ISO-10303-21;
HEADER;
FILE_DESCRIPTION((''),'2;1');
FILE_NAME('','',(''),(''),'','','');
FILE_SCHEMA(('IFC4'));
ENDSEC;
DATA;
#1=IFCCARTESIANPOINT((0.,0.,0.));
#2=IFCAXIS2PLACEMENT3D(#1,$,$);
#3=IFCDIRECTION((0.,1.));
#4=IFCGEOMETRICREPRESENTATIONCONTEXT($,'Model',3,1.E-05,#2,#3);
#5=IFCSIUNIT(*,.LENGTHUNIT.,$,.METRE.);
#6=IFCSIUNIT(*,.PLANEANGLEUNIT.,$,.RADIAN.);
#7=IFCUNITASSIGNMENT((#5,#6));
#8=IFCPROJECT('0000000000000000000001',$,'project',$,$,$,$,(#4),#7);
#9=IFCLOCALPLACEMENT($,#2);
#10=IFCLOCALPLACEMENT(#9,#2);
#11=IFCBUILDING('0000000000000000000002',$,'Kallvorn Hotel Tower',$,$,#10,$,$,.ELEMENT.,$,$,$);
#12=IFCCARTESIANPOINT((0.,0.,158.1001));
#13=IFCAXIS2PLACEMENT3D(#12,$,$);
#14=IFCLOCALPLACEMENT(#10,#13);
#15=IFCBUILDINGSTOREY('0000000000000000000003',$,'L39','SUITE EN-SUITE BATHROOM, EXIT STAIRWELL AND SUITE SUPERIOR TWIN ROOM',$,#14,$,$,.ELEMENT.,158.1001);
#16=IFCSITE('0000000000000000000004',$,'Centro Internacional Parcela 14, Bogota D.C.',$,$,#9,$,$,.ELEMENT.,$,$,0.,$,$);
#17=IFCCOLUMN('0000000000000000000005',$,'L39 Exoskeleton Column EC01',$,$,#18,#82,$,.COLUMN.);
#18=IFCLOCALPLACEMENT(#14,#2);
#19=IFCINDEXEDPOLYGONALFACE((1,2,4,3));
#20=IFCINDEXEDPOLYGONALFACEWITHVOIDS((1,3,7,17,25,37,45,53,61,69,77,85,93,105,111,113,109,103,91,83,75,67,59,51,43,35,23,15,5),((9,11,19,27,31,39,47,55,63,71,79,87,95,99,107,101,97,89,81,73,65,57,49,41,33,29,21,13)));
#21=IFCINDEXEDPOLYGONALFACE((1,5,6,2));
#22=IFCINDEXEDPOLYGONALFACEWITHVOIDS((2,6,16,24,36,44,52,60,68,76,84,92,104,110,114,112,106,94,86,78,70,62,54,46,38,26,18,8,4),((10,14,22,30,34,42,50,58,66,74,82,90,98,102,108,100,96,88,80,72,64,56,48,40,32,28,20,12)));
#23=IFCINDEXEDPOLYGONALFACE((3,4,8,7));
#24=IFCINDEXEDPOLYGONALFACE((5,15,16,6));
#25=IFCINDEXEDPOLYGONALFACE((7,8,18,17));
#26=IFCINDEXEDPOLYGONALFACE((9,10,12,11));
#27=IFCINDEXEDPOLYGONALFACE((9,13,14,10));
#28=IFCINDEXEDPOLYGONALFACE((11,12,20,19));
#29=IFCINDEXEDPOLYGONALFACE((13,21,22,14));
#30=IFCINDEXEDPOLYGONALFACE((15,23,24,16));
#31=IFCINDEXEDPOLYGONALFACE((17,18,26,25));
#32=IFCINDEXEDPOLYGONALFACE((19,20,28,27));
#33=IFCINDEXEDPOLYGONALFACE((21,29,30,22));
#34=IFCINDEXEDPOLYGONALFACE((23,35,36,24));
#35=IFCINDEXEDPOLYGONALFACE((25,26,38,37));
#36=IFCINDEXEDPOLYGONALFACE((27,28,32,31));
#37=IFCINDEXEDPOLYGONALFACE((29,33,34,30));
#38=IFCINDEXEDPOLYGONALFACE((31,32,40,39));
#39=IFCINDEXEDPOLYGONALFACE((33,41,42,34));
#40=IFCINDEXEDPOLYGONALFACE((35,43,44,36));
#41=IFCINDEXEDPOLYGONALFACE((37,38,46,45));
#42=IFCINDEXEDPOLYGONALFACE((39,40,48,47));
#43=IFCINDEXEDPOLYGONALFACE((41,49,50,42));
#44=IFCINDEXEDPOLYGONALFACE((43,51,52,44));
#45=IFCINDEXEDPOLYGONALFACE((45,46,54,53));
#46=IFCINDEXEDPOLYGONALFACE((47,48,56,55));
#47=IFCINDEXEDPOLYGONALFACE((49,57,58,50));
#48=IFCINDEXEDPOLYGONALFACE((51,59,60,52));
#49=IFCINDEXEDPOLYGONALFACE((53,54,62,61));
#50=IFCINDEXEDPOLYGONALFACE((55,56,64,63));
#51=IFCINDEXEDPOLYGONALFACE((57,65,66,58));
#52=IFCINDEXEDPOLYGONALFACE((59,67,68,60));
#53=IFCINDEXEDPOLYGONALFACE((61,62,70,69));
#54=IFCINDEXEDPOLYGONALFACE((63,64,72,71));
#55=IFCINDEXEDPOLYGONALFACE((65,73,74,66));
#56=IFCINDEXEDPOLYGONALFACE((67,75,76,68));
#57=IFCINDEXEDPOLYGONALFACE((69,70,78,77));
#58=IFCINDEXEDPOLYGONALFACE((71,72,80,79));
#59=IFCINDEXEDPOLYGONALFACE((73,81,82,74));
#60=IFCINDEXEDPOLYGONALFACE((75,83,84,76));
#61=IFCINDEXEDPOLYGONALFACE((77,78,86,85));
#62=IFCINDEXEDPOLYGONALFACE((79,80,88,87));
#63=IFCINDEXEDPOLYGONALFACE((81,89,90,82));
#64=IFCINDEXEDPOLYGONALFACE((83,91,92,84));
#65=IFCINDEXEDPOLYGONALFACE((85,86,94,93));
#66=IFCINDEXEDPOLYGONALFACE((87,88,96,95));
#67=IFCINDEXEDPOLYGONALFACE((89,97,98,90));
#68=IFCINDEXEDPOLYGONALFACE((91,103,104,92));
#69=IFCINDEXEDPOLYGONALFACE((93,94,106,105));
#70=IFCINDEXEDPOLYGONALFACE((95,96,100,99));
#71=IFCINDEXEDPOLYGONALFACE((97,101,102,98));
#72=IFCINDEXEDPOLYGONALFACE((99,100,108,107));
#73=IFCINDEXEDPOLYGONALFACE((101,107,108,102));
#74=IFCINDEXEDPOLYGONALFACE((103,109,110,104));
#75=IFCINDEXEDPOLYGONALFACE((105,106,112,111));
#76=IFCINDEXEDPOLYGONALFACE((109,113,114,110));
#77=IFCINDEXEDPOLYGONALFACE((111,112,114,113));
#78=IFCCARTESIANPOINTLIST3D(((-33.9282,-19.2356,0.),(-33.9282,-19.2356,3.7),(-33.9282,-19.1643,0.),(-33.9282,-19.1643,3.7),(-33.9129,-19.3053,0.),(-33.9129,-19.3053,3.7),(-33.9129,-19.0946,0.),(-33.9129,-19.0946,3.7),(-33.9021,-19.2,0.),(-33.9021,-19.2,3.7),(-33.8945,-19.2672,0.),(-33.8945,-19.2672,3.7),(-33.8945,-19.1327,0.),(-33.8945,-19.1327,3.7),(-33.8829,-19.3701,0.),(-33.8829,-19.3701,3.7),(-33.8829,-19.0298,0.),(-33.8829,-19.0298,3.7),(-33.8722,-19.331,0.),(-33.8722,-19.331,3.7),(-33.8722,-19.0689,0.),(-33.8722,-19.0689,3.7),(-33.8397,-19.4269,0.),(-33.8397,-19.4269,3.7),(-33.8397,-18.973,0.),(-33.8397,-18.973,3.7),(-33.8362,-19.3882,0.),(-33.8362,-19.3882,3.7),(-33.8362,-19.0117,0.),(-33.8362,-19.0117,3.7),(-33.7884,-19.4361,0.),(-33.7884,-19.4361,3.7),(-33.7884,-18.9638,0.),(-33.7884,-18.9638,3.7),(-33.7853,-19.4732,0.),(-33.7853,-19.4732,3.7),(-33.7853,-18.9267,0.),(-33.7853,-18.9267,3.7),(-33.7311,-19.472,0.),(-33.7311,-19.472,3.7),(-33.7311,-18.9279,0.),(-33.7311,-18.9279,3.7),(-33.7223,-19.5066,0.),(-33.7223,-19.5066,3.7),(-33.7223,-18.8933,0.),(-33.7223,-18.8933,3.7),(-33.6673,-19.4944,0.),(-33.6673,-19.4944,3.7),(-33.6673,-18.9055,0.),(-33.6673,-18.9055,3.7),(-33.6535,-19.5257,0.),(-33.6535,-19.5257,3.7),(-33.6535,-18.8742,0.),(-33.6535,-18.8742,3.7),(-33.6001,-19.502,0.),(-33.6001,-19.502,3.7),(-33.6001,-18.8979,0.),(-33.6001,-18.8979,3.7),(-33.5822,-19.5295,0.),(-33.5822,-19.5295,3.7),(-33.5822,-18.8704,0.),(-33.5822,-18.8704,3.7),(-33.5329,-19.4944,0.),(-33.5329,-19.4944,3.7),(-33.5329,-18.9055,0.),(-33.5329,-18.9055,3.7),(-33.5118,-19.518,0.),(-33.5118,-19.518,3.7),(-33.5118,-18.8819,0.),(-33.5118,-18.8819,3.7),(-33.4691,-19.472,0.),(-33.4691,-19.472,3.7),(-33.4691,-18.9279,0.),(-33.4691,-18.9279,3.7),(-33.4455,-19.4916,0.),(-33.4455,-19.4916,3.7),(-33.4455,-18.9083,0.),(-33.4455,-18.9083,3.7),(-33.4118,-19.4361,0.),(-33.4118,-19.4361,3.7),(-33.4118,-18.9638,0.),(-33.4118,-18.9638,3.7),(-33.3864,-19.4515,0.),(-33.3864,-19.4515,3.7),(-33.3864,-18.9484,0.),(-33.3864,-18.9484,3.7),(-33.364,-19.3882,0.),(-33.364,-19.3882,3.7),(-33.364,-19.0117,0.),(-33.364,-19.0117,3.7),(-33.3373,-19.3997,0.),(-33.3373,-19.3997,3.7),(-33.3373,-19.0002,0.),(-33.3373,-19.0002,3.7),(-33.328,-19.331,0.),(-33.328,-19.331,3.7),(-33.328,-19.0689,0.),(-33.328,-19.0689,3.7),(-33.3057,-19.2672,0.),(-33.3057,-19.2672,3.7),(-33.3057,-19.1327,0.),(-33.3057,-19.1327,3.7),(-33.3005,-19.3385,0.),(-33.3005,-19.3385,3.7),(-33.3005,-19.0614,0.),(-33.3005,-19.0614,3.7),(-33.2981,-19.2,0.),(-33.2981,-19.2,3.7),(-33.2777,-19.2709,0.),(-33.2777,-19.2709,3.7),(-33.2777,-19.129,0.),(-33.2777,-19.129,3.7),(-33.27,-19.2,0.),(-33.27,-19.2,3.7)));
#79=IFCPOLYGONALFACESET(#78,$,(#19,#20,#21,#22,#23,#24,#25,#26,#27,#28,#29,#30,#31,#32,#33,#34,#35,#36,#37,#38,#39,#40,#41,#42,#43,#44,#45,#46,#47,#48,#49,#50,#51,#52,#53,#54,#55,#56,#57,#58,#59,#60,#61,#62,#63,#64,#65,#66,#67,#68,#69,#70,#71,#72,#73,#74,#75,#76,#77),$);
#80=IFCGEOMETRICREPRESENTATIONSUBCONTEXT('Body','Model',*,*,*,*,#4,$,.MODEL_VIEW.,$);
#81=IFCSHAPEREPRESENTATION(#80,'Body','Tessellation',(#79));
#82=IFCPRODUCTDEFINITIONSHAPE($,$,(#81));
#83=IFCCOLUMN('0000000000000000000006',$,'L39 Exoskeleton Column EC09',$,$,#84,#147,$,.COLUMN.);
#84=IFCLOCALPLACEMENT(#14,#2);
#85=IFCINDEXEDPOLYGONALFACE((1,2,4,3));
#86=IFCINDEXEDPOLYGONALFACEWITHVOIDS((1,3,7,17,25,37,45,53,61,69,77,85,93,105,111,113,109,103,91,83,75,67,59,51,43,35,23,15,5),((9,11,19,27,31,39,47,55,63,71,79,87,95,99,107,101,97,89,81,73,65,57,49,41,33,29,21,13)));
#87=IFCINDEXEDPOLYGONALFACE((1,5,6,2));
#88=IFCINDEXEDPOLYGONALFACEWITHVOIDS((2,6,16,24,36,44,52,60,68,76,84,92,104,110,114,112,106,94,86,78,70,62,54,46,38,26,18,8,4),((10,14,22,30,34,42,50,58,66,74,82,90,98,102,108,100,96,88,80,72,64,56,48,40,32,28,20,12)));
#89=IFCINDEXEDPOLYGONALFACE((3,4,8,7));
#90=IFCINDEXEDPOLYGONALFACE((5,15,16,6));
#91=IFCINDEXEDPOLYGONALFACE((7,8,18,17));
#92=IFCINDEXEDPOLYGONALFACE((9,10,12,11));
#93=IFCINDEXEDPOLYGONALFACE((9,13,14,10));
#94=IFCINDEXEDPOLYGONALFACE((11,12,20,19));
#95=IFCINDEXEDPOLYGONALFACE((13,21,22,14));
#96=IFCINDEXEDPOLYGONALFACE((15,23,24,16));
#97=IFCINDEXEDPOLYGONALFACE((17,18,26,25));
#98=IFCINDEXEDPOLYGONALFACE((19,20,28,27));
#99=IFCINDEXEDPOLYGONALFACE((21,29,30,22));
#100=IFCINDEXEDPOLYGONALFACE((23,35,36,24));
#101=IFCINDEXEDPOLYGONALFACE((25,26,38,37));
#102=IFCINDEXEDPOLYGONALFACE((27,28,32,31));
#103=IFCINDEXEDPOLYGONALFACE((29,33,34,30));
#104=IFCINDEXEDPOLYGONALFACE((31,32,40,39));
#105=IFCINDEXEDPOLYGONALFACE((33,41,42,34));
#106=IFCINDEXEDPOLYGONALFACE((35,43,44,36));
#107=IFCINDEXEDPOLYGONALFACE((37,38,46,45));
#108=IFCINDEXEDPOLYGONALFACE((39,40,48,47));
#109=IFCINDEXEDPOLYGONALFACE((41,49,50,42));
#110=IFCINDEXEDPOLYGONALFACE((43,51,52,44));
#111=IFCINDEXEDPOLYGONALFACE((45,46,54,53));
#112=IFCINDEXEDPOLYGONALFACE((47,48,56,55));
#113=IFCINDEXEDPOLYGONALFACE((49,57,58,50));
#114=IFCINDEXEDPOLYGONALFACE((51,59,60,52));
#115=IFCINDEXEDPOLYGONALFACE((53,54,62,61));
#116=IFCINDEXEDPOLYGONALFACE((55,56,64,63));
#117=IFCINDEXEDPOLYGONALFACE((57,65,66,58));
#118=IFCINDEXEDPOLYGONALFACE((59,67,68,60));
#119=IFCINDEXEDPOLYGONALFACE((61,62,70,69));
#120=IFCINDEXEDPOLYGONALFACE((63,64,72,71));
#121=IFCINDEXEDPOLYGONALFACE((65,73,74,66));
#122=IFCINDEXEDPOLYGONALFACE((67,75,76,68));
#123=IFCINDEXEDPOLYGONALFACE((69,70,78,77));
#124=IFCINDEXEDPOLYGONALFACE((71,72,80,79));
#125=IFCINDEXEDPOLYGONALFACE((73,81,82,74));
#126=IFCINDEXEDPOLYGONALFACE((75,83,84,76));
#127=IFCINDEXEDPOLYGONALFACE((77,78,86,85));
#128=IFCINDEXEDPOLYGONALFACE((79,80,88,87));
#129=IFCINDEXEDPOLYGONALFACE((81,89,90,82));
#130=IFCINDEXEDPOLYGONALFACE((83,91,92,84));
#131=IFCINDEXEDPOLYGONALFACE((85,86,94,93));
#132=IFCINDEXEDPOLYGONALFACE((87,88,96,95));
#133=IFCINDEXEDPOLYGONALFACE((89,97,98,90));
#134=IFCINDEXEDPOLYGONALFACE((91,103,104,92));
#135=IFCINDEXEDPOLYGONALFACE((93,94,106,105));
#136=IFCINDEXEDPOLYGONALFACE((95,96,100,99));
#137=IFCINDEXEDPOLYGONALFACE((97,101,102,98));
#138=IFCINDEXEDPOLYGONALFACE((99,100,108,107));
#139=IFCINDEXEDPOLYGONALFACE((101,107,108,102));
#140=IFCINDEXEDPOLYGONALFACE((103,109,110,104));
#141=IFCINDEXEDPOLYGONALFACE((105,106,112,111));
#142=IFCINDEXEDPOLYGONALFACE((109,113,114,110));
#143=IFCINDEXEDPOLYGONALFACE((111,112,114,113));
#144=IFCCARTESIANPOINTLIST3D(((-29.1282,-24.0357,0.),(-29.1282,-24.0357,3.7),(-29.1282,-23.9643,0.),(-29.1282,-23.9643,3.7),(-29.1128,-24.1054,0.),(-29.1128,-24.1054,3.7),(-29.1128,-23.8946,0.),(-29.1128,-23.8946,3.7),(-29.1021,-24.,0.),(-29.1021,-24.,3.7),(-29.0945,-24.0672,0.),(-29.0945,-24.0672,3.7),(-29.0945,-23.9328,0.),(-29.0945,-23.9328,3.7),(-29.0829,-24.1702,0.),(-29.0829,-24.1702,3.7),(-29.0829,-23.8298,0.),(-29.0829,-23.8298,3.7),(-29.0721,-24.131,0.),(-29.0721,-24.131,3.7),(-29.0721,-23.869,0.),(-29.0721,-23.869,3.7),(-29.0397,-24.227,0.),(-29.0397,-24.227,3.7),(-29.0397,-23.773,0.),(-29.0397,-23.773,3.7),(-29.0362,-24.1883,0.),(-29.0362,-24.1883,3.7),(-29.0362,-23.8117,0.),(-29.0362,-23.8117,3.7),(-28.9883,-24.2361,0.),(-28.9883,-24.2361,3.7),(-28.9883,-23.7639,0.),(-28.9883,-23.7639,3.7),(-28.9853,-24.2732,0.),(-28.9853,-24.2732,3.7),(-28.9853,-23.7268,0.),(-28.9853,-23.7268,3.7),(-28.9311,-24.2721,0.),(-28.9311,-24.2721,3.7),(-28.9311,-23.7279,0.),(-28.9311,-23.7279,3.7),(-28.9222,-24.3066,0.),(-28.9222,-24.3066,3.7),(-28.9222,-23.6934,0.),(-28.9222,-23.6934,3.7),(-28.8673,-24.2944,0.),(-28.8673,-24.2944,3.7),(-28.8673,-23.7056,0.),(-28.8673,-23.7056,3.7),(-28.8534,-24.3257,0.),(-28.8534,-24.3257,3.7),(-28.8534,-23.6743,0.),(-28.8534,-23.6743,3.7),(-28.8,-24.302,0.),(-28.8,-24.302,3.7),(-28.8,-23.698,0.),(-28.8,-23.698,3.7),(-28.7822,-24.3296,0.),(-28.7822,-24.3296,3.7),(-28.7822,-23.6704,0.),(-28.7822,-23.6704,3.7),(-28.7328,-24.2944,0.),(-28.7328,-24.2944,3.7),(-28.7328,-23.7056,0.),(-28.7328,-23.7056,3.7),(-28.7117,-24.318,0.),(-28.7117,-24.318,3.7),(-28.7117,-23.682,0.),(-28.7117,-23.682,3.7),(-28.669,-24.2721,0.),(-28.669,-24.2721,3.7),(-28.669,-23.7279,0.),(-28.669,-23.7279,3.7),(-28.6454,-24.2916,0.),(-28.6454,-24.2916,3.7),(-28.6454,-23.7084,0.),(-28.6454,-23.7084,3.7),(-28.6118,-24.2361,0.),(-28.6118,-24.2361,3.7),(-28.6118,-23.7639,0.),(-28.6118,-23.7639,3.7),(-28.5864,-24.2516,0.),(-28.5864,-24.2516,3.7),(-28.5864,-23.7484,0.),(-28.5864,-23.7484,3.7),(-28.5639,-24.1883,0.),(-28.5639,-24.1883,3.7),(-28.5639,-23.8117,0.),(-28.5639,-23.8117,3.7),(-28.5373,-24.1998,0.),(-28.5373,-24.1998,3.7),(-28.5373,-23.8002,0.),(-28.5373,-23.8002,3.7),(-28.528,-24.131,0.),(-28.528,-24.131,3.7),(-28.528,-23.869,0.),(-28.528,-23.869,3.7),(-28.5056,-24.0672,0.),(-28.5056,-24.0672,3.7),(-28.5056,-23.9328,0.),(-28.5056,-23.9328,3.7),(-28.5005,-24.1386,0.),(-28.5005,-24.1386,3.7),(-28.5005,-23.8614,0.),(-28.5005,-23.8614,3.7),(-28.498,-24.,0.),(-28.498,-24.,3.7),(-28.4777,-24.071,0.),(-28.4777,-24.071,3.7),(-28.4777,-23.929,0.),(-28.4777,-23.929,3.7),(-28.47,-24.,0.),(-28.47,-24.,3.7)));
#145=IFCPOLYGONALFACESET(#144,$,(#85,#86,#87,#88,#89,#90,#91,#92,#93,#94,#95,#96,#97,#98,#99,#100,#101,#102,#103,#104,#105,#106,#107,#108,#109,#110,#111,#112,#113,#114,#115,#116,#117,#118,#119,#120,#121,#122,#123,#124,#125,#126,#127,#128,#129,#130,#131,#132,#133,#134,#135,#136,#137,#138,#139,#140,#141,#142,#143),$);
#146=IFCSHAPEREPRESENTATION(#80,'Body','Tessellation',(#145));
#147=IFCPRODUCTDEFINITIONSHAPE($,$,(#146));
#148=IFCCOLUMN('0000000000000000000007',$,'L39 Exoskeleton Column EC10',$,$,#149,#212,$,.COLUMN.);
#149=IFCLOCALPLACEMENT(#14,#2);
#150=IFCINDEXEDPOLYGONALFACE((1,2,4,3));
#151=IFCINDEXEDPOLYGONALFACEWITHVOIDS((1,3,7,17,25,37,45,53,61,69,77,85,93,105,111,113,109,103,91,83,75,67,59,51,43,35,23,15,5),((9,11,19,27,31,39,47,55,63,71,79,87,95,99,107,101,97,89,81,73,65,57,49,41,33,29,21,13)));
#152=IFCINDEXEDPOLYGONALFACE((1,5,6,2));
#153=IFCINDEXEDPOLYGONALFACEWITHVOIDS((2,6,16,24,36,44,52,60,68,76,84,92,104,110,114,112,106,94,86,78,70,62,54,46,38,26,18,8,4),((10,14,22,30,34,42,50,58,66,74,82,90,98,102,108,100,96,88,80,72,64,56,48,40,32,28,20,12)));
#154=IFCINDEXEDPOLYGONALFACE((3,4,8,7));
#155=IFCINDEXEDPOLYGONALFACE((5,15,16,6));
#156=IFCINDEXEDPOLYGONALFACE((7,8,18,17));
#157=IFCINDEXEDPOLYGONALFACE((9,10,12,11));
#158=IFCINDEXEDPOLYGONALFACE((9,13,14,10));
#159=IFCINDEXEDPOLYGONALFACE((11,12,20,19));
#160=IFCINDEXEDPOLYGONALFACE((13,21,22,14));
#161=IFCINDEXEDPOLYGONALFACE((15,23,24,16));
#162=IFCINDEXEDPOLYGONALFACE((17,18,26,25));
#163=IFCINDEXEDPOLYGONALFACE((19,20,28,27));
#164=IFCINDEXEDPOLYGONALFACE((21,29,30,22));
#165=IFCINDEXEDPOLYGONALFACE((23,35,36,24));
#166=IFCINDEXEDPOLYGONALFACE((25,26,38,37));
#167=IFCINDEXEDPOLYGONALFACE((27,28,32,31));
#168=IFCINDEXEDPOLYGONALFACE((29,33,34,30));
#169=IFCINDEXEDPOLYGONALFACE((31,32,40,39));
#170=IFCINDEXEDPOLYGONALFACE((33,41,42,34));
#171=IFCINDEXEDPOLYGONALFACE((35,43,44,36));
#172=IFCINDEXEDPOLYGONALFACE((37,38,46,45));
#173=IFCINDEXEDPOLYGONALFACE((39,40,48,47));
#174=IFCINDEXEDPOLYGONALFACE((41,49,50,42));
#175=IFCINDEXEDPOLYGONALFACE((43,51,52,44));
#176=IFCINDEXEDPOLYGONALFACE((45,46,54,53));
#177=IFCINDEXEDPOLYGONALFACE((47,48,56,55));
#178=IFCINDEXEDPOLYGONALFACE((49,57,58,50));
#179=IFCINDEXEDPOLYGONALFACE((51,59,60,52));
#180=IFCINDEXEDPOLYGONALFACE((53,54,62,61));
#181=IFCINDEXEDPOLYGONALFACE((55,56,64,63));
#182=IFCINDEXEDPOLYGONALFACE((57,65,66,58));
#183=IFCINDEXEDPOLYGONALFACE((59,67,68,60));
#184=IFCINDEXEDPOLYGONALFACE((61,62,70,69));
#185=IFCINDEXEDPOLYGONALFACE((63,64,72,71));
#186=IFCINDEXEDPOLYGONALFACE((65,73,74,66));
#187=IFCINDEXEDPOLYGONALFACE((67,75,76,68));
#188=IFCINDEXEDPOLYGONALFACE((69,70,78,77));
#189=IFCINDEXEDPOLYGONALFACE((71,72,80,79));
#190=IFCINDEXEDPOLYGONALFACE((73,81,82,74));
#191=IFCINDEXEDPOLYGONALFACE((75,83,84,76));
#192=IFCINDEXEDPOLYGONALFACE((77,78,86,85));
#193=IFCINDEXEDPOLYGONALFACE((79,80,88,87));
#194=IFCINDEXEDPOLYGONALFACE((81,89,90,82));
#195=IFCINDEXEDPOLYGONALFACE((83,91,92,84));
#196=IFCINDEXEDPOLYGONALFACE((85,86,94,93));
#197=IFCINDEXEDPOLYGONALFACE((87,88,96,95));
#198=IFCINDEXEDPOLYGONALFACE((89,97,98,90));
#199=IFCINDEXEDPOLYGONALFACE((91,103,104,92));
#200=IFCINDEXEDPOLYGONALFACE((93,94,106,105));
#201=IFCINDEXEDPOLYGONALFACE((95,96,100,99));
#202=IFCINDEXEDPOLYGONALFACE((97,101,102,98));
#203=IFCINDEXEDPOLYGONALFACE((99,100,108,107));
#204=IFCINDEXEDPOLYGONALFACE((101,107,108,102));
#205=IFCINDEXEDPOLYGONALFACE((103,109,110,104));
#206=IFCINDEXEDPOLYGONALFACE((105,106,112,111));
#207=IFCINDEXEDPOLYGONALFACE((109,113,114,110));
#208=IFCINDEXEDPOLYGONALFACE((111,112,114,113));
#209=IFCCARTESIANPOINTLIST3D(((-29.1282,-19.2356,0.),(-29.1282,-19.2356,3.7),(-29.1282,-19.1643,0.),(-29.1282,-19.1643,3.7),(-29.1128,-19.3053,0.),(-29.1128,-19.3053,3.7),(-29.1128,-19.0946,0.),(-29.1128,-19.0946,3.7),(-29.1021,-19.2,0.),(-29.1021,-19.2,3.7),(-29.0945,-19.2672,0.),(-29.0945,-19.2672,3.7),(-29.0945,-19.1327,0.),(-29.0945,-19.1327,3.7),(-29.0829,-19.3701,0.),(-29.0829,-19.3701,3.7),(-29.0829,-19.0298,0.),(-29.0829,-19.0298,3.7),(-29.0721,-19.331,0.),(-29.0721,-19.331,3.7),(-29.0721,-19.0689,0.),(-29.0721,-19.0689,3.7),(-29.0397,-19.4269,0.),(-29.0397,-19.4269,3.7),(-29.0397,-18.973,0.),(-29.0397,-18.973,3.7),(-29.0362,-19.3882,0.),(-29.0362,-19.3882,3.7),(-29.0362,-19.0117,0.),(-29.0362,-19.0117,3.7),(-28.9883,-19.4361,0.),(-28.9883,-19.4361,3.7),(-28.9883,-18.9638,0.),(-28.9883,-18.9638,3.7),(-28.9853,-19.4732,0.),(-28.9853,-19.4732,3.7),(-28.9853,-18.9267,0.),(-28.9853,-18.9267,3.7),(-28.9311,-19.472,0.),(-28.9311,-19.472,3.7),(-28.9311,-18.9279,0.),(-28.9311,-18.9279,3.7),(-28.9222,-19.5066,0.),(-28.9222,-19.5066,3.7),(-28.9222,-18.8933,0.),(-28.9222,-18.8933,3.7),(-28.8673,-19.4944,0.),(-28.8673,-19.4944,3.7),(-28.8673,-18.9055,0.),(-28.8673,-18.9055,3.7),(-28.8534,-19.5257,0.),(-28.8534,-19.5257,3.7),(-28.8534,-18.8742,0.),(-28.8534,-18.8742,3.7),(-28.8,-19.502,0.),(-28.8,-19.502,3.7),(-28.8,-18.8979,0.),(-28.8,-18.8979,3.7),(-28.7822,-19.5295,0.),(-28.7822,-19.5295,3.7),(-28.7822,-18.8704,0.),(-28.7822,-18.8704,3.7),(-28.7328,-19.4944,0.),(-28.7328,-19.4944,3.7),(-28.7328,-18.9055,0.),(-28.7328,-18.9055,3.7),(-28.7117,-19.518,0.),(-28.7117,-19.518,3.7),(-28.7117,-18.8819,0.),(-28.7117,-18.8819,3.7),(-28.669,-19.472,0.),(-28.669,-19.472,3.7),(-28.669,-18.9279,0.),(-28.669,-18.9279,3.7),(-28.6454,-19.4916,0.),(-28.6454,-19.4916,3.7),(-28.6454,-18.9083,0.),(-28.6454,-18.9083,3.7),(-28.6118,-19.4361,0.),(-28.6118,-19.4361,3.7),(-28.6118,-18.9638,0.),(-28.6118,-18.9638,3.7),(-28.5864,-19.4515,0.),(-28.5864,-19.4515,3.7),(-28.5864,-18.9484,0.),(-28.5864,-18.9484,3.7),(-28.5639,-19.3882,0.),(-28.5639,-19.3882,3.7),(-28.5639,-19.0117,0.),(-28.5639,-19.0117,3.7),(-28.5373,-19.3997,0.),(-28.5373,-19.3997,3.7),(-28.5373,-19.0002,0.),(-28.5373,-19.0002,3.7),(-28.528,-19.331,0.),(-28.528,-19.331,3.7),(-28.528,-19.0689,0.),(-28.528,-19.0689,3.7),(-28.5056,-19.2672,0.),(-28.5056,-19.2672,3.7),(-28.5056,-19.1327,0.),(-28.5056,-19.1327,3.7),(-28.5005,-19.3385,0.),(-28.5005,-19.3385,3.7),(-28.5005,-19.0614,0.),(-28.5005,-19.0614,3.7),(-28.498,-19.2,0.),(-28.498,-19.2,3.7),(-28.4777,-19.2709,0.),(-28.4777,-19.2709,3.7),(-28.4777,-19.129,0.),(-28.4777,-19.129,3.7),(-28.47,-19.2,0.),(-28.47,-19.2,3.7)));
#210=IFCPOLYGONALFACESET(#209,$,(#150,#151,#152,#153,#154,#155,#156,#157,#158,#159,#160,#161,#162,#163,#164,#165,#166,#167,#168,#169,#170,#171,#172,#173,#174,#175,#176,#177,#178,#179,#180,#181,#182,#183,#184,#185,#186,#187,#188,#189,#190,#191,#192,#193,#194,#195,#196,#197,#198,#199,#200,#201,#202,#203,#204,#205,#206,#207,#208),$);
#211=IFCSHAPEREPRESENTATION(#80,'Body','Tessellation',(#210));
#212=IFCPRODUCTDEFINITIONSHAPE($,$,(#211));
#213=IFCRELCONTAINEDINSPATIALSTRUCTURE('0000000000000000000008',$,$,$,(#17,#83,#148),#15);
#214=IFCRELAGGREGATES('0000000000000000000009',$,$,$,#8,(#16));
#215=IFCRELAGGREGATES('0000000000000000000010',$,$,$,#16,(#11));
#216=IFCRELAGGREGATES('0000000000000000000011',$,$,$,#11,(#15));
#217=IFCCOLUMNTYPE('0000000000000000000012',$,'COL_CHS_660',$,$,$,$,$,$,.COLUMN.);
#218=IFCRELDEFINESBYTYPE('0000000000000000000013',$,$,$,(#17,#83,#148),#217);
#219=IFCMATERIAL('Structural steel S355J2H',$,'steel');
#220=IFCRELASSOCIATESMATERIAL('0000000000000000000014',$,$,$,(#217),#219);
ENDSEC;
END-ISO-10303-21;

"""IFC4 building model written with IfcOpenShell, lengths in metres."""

from ifc_helpers import new_model, si_unit, direction, frame, origin, origin_2d, place, context, subcontext, project, spatial, hollow_circle, extrude, material, material_profile, profile_set, type_object, element, save


model = new_model("IFC4")

# Units and contexts
model_context = context("Model", 3, precision=1e-05, world=origin(), true_north=direction((0.0, 1.0)))
body_context = subcontext(model_context, "Body", "Model", "MODEL_VIEW")
ifc_project = project(units=[si_unit("LENGTHUNIT", "METRE"), si_unit("PLANEANGLEUNIT", "RADIAN")], contexts=[model_context])

# Site, building, storey
site_placement = place(None, origin())
site = spatial("IfcSite", under=ifc_project, at=site_placement, Name="Centro Internacional Parcela 14, Bogota D.C.", CompositionType="ELEMENT", RefElevation=0.0)
building_placement = place(site_placement, origin())
building = spatial("IfcBuilding", under=site, at=building_placement, Name="Kallvorn Hotel Tower", CompositionType="ELEMENT")
storey_placement = place(building_placement, frame((0.0, 0.0, 158.1001)))
storey = spatial("IfcBuildingStorey", under=building, at=storey_placement, Name="L39", Description="SUITE EN-SUITE BATHROOM, EXIT STAIRWELL AND SUITE SUPERIOR TWIN ROOM", CompositionType="ELEMENT", Elevation=158.1001)

# Columns
ifc_material_1 = material(Name="Structural steel S355J2H", Category="steel")
ifc_material_profile_1 = material_profile(ifc_material_1, hollow_circle(Radius=0.3301, WallThickness=0.0281, at=origin_2d()), Name="CHS 660x28")
ifc_profile_set_1 = profile_set([ifc_material_profile_1], Name="Structural steel S355J2H")
column_type = type_object("IfcColumnType", Name="COL_CHS_660", PredefinedType="COLUMN", material=ifc_profile_set_1)
for number, where, z_axis, x_axis, name in (
    (1, (-33.6001, -19.2, 0.0), (0.0, 0.0, 1.0), (1.0, 0.0, 0.0), "L39 Exoskeleton Column EC01"),
    (2, (-28.8, -24.0, 0.0), (0.0, 0.0, 1.0), (1.0, 0.0, 0.0), "L39 Exoskeleton Column EC09"),
    (3, (-28.8, -19.2, 0.0), (0.0, 0.0, 1.0), (1.0, 0.0, 0.0), "L39 Exoskeleton Column EC10"),
):
    element("IfcColumn", number, at=place(storey_placement, frame(where, z_axis=z_axis, x_axis=x_axis)), inside=storey, type_object=column_type, Name=name, PredefinedType="COLUMN", context=body_context, shape_type="SweptSolid", body=[
        extrude(hollow_circle(Radius=0.3301, WallThickness=0.0281, at=origin_2d()), origin(), (0.0, 0.0, 1.0), 3.7),
    ])

save(model, "model.ifc")
